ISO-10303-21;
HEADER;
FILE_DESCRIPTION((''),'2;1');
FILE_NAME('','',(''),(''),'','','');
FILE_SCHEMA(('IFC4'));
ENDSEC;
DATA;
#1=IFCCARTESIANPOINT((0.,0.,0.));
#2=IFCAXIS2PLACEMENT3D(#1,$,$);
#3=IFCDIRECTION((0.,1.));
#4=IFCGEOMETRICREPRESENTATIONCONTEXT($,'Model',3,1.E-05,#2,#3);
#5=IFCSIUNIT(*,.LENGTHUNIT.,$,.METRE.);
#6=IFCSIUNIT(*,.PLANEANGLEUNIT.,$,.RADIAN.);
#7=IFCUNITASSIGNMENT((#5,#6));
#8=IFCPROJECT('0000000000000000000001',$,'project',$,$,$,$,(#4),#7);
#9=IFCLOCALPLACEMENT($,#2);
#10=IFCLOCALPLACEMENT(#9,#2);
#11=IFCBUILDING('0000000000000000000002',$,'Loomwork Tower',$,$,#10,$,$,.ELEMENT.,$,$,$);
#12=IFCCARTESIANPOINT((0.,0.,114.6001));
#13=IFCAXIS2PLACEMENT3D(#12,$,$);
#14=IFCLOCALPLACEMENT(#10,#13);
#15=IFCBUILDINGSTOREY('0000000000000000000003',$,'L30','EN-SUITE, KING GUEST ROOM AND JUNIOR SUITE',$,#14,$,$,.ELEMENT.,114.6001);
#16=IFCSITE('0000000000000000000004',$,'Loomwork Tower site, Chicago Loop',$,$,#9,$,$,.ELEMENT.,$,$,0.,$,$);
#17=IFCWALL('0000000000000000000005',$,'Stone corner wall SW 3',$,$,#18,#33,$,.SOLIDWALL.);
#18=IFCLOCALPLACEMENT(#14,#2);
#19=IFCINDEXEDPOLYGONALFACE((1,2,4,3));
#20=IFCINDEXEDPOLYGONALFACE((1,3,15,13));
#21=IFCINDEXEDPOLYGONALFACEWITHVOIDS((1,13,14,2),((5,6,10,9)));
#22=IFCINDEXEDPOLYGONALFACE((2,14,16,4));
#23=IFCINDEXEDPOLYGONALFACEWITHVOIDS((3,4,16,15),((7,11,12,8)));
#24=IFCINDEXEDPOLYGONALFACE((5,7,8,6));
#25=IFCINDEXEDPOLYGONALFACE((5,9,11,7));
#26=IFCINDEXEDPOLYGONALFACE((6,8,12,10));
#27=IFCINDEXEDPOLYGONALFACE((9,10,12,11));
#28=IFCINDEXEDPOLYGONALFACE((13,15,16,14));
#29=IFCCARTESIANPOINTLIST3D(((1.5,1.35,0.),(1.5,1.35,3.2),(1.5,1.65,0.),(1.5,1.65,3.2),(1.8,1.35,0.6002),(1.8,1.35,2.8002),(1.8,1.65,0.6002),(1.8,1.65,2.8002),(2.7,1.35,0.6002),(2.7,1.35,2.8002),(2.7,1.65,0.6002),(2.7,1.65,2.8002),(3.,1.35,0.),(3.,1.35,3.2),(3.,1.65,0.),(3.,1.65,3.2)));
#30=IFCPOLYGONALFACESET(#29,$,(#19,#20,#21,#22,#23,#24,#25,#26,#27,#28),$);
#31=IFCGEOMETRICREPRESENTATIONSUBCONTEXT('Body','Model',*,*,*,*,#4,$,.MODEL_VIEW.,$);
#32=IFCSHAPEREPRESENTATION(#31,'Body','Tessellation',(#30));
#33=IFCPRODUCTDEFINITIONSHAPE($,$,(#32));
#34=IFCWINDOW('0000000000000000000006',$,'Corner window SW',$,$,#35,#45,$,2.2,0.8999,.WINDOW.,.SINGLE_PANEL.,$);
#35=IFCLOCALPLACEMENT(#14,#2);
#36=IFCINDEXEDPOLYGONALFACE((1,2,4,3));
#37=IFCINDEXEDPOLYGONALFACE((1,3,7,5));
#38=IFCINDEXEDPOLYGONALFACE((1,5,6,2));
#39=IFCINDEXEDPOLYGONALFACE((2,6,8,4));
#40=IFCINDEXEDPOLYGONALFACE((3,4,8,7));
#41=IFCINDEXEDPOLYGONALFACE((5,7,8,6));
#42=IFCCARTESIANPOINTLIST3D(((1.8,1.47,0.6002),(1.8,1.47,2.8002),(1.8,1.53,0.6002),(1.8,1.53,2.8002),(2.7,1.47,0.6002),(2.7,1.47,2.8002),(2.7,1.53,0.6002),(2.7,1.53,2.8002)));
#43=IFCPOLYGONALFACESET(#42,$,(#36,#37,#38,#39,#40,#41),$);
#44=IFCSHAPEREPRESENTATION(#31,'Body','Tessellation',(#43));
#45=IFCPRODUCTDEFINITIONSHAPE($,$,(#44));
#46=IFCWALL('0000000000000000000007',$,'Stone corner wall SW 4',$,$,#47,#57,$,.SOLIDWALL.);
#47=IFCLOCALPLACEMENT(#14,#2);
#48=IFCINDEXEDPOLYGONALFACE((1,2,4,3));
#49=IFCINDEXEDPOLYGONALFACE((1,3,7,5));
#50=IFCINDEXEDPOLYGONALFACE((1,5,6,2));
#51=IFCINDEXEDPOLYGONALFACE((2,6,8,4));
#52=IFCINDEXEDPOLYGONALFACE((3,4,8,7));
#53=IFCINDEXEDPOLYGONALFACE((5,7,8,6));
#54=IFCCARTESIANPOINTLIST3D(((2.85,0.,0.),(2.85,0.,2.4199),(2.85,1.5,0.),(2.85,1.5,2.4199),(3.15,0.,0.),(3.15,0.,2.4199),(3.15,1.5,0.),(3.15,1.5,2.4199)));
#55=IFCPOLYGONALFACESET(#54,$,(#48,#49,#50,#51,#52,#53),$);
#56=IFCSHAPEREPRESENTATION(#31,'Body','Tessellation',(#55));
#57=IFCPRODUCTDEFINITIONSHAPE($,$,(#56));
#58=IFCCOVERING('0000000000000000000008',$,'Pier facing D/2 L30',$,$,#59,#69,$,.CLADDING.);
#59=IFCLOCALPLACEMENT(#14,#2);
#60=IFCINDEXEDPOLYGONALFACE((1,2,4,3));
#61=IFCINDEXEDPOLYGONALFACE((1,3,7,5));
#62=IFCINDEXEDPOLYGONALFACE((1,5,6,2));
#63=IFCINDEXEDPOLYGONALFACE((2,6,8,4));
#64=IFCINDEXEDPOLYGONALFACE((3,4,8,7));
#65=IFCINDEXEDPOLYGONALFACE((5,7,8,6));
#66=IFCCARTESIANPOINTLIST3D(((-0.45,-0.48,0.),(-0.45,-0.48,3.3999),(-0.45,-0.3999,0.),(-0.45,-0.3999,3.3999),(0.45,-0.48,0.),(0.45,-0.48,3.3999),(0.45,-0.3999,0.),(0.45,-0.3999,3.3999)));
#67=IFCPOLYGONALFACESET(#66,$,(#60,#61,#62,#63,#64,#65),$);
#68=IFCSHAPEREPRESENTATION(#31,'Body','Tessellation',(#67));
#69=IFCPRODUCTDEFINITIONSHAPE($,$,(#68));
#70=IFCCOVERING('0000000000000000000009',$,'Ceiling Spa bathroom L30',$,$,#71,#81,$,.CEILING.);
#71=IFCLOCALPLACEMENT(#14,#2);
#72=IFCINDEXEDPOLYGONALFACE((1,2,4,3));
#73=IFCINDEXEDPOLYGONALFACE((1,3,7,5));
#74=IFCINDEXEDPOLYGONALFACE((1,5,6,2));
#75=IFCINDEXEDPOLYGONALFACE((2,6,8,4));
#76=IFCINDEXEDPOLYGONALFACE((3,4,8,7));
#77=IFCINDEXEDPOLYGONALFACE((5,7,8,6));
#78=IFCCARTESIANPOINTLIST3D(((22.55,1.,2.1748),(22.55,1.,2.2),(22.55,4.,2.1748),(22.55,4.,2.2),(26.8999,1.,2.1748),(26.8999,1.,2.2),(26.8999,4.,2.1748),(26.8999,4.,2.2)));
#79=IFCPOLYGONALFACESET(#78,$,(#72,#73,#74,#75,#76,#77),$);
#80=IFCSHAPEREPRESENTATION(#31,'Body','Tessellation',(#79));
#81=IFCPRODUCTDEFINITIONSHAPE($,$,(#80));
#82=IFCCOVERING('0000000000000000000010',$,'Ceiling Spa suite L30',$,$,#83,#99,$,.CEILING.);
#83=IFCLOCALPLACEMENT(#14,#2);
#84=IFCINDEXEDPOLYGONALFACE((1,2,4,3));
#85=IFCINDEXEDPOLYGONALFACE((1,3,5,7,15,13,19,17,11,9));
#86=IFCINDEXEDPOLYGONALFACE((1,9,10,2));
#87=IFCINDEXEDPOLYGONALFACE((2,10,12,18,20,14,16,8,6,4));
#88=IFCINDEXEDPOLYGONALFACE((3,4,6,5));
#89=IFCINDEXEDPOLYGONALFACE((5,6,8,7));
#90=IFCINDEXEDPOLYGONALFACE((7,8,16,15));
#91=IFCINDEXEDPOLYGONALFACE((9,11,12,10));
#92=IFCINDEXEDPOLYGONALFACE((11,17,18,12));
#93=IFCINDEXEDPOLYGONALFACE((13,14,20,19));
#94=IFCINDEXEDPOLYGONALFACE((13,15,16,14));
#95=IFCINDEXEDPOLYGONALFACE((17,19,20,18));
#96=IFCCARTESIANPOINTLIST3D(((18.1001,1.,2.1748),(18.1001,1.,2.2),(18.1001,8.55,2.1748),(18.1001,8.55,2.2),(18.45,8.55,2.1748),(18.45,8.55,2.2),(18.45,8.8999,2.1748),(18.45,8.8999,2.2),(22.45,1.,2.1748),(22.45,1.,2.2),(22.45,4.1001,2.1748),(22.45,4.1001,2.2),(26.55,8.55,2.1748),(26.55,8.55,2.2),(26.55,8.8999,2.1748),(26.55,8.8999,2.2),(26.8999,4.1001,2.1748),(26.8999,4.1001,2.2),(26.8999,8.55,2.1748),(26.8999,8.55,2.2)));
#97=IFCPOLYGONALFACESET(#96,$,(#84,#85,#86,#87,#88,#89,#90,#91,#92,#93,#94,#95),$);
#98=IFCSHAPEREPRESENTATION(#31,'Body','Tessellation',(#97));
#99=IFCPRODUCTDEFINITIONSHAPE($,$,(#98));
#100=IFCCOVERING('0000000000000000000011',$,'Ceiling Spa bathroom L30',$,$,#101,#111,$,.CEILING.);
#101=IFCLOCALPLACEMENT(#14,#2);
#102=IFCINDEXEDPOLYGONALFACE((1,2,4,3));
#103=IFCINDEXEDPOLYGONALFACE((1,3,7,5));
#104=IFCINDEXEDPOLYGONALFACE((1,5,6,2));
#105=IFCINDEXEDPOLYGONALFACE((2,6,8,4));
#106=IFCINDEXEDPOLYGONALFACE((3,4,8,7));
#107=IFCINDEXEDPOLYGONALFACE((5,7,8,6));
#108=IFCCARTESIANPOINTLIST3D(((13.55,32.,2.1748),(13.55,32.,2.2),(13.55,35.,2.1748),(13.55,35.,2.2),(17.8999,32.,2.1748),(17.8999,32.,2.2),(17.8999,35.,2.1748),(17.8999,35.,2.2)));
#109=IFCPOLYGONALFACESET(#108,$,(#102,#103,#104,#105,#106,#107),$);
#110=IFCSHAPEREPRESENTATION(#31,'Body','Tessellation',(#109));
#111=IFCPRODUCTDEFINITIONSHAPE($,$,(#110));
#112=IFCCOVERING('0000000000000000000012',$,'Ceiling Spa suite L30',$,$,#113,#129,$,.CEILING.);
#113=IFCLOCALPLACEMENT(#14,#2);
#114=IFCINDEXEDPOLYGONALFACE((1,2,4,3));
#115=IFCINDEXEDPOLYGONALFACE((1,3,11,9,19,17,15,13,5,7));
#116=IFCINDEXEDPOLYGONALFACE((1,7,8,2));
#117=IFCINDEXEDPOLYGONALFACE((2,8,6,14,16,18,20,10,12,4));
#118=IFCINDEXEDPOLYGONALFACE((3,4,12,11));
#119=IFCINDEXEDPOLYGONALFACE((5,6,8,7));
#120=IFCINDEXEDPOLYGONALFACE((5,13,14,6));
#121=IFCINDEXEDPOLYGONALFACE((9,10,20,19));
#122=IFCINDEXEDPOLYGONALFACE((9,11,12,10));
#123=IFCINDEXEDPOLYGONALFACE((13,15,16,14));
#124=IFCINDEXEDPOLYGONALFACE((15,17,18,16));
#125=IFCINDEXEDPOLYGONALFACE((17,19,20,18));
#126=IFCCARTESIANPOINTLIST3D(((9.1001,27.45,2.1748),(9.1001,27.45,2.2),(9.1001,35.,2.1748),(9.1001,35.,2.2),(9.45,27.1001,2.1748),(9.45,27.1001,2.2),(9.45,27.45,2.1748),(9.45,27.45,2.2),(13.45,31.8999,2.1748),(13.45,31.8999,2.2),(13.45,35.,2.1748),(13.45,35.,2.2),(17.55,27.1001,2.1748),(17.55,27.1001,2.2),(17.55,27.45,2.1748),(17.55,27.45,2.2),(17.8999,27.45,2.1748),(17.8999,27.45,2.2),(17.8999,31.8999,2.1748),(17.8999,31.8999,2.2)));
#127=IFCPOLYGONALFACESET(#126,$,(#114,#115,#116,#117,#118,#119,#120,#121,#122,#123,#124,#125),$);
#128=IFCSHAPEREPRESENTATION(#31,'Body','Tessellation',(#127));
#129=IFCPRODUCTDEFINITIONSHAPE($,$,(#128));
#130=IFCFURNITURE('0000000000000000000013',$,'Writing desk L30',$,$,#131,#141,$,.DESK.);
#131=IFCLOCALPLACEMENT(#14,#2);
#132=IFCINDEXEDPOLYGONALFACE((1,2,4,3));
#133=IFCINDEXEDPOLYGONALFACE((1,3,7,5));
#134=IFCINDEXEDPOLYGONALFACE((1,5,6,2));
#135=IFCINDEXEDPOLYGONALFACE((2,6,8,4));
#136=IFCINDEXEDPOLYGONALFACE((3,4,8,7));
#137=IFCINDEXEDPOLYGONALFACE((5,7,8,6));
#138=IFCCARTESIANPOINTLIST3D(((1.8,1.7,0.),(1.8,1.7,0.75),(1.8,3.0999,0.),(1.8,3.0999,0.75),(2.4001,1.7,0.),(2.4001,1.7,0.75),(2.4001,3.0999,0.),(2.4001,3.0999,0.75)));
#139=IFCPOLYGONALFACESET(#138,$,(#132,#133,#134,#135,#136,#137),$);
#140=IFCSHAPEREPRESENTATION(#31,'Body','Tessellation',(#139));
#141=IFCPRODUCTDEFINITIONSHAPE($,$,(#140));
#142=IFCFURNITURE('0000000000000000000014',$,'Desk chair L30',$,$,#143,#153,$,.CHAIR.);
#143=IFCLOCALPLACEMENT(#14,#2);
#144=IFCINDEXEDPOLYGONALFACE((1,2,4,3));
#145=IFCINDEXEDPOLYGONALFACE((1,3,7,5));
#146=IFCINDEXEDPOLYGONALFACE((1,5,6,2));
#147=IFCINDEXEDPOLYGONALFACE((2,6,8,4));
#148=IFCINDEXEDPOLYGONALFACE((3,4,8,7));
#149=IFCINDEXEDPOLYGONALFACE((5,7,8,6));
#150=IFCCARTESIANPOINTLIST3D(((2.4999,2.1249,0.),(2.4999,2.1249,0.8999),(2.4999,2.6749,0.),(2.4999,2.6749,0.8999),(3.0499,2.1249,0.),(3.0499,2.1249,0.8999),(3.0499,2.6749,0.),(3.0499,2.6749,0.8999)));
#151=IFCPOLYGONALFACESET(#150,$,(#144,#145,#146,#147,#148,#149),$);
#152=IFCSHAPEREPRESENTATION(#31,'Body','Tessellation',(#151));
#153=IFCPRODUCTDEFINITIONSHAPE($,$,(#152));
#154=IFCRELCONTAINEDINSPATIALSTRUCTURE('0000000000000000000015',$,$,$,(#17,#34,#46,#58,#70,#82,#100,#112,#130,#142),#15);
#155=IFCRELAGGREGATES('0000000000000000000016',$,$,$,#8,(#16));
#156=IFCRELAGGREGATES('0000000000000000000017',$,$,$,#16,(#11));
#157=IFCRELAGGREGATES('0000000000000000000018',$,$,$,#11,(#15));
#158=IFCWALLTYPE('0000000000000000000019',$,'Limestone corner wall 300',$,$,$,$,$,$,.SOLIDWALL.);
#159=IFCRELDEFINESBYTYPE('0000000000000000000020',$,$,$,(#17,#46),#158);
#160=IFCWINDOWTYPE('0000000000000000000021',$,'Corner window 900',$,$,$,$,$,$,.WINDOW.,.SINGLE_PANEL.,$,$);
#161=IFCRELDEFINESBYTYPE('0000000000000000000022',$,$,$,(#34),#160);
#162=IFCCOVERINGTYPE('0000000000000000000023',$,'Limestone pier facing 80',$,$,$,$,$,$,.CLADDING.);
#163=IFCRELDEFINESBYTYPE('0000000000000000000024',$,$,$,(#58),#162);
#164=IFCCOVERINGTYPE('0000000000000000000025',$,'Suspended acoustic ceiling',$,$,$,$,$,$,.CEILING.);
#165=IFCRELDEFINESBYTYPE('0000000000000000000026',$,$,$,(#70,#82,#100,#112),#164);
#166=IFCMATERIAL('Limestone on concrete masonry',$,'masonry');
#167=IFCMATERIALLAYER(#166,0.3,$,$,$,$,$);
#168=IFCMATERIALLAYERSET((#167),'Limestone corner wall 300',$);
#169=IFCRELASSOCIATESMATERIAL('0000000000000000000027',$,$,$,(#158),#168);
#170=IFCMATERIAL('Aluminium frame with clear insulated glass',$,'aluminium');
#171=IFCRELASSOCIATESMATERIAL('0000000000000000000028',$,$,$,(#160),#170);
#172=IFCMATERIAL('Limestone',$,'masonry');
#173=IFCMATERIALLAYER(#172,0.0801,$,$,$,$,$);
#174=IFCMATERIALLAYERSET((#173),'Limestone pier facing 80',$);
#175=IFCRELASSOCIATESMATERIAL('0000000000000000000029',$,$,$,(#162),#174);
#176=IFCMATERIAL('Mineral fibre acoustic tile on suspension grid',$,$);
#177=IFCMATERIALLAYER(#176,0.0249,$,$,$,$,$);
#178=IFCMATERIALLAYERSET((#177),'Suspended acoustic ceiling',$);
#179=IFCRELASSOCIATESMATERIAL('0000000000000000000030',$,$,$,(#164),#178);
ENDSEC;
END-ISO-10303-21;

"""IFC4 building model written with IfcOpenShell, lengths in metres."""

from ifc_helpers import new_model, si_unit, direction, frame, frame_2d, origin, origin_2d, place, context, subcontext, project, spatial, polyline, rectangle, outline, extrude, material, layer, layer_set, type_object, element, fill, save


model = new_model("IFC4")

# Units and contexts
model_context = context("Model", 3, precision=1e-05, world=origin(), true_north=direction((0.0, 1.0)))
body_context = subcontext(model_context, "Body", "Model", "MODEL_VIEW")
ifc_project = project(units=[si_unit("LENGTHUNIT", "METRE"), si_unit("PLANEANGLEUNIT", "RADIAN")], contexts=[model_context])

# Site, building, storey
site_placement = place(None, origin())
site = spatial("IfcSite", under=ifc_project, at=site_placement, Name="Loomwork Tower site, Chicago Loop", CompositionType="ELEMENT", RefElevation=0.0)
building_placement = place(site_placement, origin())
building = spatial("IfcBuilding", under=site, at=building_placement, Name="Loomwork Tower", CompositionType="ELEMENT")
storey_placement = place(building_placement, frame((0.0, 0.0, 114.6001)))
storey = spatial("IfcBuildingStorey", under=building, at=storey_placement, Name="L30", Description="EN-SUITE, KING GUEST ROOM AND JUNIOR SUITE", CompositionType="ELEMENT", Elevation=114.6001)

# Shared definitions
ifc_material_1 = material(Name="Limestone on concrete masonry", Category="masonry")
ifc_layer_1 = layer(ifc_material_1, 0.3)
ifc_layer_set_1 = layer_set([ifc_layer_1], Name="Limestone corner wall 300")
wall_type_1 = type_object("IfcWallType", Name="Limestone corner wall 300", PredefinedType="SOLIDWALL", material=ifc_layer_set_1)

# Wall, opening, window
ifc_material_2 = material(Name="Aluminium frame with clear insulated glass", Category="aluminium")
window_type_1 = type_object("IfcWindowType", Name="Corner window 900", PartitioningType="SINGLE_PANEL", PredefinedType="WINDOW", material=ifc_material_2)
wall_1_placement = place(storey_placement, frame((1.5, 1.5, 0.0), z_axis=(0.0, 0.0, 1.0), x_axis=(1.0, 0.0, 0.0)))
wall_1 = element("IfcWall", 1, at=wall_1_placement, inside=storey, type_object=wall_type_1, Name="Stone corner wall SW 3", PredefinedType="SOLIDWALL", context=body_context, shape_type="SweptSolid", body=[
    extrude(rectangle(XDim=1.5, YDim=0.3, at=frame_2d((0.75, 0.0))), origin(), (0.0, 0.0, 1.0), 3.2),
])
opening_1_placement = place(wall_1_placement, frame((0.3, 0.0, 0.6001)))
opening_1 = element("IfcOpeningElement", 2, at=opening_1_placement, cuts=wall_1, PredefinedType="OPENING", context=body_context, shape_type="SweptSolid", body=[
    extrude(rectangle(XDim=0.8999, YDim=2.2, at=frame_2d((0.45, 1.1001))), frame((0.0, 0.1599, 0.0), z_axis=(0.0, -1.0, 0.0), x_axis=(1.0, 0.0, 0.0)), (0.0, 0.0, 1.0), 0.3201),
])
window_1_placement = place(opening_1_placement, origin())
window_1 = element("IfcWindow", 3, at=window_1_placement, inside=storey, type_object=window_type_1, Name="Corner window SW", OverallHeight=2.2, OverallWidth=0.8999, PartitioningType="SINGLE_PANEL", PredefinedType="WINDOW", context=body_context, shape_type="SweptSolid", body=[
    extrude(rectangle(XDim=0.8999, YDim=2.2, at=frame_2d((0.45, 1.1001))), frame((0.0, 0.03, 0.0), z_axis=(0.0, -1.0, 0.0), x_axis=(1.0, 0.0, 0.0)), (0.0, 0.0, 1.0), 0.0601),
])
fill(opening_1, window_1)

# Wall
wall_2_placement = place(storey_placement, frame((3.0, 1.5, 0.0), z_axis=(0.0, 0.0, 1.0), x_axis=(0.0, -1.0, 0.0)))
element("IfcWall", 4, at=wall_2_placement, inside=storey, type_object=wall_type_1, Name="Stone corner wall SW 4", PredefinedType="SOLIDWALL", context=body_context, shape_type="SweptSolid", body=[
    extrude(rectangle(XDim=1.5, YDim=0.3, at=frame_2d((0.75, 0.0))), origin(), (0.0, 0.0, 1.0), 2.4199),
])

# Coverings
ifc_material_3 = material(Name="Limestone", Category="masonry")
ifc_layer_2 = layer(ifc_material_3, 0.0801)
ifc_layer_set_2 = layer_set([ifc_layer_2], Name="Limestone pier facing 80")
covering_type_1 = type_object("IfcCoveringType", Name="Limestone pier facing 80", PredefinedType="CLADDING", material=ifc_layer_set_2)
covering_1_placement = place(storey_placement, frame((0.0, -0.4399, 0.0), z_axis=(0.0, 0.0, 1.0), x_axis=(1.0, 0.0, 0.0)))
element("IfcCovering", 5, at=covering_1_placement, inside=storey, type_object=covering_type_1, Name="Pier facing D/2 L30", PredefinedType="CLADDING", context=body_context, shape_type="SweptSolid", body=[
    extrude(rectangle(XDim=0.8999, YDim=0.0801, at=origin_2d()), origin(), (0.0, 0.0, 1.0), 3.3999),
])
ifc_material_4 = material(Name="Mineral fibre acoustic tile on suspension grid")
ifc_layer_3 = layer(ifc_material_4, 0.0249)
ifc_layer_set_3 = layer_set([ifc_layer_3], Name="Suspended acoustic ceiling")
covering_type_2 = type_object("IfcCoveringType", Name="Suspended acoustic ceiling", PredefinedType="CEILING", material=ifc_layer_set_3)
covering_2_placement = place(storey_placement, frame((0.0, 0.0, 2.1748)))
element("IfcCovering", 6, at=covering_2_placement, inside=storey, type_object=covering_type_2, Name="Ceiling Spa bathroom L30", PredefinedType="CEILING", context=body_context, shape_type="SweptSolid", body=[
    extrude(outline(polyline([(26.8999, 4.0), (26.8999, 1.0), (22.55, 1.0), (22.55, 4.0), (26.8999, 4.0)])), origin(), (0.0, 0.0, 1.0), 0.0251),
])
covering_3_placement = place(storey_placement, frame((0.0, 0.0, 2.1748)))
element("IfcCovering", 7, at=covering_3_placement, inside=storey, type_object=covering_type_2, Name="Ceiling Spa suite L30", PredefinedType="CEILING", context=body_context, shape_type="SweptSolid", body=[
    extrude(outline(polyline([(26.55, 8.8999), (26.55, 8.55), (26.8999, 8.55), (26.8999, 4.1001), (22.45, 4.1001), (22.45, 1.0), (18.1001, 1.0), (18.1001, 8.55), (18.45, 8.55), (18.45, 8.8999), (26.55, 8.8999)])), origin(), (0.0, 0.0, 1.0), 0.0251),
])
covering_4_placement = place(storey_placement, frame((0.0, 0.0, 2.1748)))
element("IfcCovering", 8, at=covering_4_placement, inside=storey, type_object=covering_type_2, Name="Ceiling Spa bathroom L30", PredefinedType="CEILING", context=body_context, shape_type="SweptSolid", body=[
    extrude(outline(polyline([(13.55, 35.0), (17.8999, 35.0), (17.8999, 32.0), (13.55, 32.0), (13.55, 35.0)])), origin(), (0.0, 0.0, 1.0), 0.0251),
])
covering_5_placement = place(storey_placement, frame((0.0, 0.0, 2.1748)))
element("IfcCovering", 9, at=covering_5_placement, inside=storey, type_object=covering_type_2, Name="Ceiling Spa suite L30", PredefinedType="CEILING", context=body_context, shape_type="SweptSolid", body=[
    extrude(outline(polyline([(9.1001, 35.0), (13.45, 35.0), (13.45, 31.8999), (17.8999, 31.8999), (17.8999, 27.45), (17.55, 27.45), (17.55, 27.1001), (9.45, 27.1001), (9.45, 27.45), (9.1001, 27.45), (9.1001, 35.0)])), origin(), (0.0, 0.0, 1.0), 0.0251),
])

# Furniture
furniture_1_placement = place(storey_placement, frame((2.1001, 2.3999, 0.0), z_axis=(0.0, 0.0, 1.0), x_axis=(1.0, 0.0, 0.0)))
element("IfcFurniture", 10, at=furniture_1_placement, inside=storey, Name="Writing desk L30", PredefinedType="DESK", context=body_context, shape_type="SweptSolid", body=[
    extrude(rectangle(XDim=0.6001, YDim=1.3999, at=origin_2d()), origin(), (0.0, 0.0, 1.0), 0.75),
])
furniture_2_placement = place(storey_placement, frame((2.7749, 2.3999, 0.0), z_axis=(0.0, 0.0, 1.0), x_axis=(1.0, 0.0, 0.0)))
element("IfcFurniture", 11, at=furniture_2_placement, inside=storey, Name="Desk chair L30", PredefinedType="CHAIR", context=body_context, shape_type="SweptSolid", body=[
    extrude(rectangle(XDim=0.55, YDim=0.55, at=origin_2d()), origin(), (0.0, 0.0, 1.0), 0.8999),
])

save(model, "model.ifc")
